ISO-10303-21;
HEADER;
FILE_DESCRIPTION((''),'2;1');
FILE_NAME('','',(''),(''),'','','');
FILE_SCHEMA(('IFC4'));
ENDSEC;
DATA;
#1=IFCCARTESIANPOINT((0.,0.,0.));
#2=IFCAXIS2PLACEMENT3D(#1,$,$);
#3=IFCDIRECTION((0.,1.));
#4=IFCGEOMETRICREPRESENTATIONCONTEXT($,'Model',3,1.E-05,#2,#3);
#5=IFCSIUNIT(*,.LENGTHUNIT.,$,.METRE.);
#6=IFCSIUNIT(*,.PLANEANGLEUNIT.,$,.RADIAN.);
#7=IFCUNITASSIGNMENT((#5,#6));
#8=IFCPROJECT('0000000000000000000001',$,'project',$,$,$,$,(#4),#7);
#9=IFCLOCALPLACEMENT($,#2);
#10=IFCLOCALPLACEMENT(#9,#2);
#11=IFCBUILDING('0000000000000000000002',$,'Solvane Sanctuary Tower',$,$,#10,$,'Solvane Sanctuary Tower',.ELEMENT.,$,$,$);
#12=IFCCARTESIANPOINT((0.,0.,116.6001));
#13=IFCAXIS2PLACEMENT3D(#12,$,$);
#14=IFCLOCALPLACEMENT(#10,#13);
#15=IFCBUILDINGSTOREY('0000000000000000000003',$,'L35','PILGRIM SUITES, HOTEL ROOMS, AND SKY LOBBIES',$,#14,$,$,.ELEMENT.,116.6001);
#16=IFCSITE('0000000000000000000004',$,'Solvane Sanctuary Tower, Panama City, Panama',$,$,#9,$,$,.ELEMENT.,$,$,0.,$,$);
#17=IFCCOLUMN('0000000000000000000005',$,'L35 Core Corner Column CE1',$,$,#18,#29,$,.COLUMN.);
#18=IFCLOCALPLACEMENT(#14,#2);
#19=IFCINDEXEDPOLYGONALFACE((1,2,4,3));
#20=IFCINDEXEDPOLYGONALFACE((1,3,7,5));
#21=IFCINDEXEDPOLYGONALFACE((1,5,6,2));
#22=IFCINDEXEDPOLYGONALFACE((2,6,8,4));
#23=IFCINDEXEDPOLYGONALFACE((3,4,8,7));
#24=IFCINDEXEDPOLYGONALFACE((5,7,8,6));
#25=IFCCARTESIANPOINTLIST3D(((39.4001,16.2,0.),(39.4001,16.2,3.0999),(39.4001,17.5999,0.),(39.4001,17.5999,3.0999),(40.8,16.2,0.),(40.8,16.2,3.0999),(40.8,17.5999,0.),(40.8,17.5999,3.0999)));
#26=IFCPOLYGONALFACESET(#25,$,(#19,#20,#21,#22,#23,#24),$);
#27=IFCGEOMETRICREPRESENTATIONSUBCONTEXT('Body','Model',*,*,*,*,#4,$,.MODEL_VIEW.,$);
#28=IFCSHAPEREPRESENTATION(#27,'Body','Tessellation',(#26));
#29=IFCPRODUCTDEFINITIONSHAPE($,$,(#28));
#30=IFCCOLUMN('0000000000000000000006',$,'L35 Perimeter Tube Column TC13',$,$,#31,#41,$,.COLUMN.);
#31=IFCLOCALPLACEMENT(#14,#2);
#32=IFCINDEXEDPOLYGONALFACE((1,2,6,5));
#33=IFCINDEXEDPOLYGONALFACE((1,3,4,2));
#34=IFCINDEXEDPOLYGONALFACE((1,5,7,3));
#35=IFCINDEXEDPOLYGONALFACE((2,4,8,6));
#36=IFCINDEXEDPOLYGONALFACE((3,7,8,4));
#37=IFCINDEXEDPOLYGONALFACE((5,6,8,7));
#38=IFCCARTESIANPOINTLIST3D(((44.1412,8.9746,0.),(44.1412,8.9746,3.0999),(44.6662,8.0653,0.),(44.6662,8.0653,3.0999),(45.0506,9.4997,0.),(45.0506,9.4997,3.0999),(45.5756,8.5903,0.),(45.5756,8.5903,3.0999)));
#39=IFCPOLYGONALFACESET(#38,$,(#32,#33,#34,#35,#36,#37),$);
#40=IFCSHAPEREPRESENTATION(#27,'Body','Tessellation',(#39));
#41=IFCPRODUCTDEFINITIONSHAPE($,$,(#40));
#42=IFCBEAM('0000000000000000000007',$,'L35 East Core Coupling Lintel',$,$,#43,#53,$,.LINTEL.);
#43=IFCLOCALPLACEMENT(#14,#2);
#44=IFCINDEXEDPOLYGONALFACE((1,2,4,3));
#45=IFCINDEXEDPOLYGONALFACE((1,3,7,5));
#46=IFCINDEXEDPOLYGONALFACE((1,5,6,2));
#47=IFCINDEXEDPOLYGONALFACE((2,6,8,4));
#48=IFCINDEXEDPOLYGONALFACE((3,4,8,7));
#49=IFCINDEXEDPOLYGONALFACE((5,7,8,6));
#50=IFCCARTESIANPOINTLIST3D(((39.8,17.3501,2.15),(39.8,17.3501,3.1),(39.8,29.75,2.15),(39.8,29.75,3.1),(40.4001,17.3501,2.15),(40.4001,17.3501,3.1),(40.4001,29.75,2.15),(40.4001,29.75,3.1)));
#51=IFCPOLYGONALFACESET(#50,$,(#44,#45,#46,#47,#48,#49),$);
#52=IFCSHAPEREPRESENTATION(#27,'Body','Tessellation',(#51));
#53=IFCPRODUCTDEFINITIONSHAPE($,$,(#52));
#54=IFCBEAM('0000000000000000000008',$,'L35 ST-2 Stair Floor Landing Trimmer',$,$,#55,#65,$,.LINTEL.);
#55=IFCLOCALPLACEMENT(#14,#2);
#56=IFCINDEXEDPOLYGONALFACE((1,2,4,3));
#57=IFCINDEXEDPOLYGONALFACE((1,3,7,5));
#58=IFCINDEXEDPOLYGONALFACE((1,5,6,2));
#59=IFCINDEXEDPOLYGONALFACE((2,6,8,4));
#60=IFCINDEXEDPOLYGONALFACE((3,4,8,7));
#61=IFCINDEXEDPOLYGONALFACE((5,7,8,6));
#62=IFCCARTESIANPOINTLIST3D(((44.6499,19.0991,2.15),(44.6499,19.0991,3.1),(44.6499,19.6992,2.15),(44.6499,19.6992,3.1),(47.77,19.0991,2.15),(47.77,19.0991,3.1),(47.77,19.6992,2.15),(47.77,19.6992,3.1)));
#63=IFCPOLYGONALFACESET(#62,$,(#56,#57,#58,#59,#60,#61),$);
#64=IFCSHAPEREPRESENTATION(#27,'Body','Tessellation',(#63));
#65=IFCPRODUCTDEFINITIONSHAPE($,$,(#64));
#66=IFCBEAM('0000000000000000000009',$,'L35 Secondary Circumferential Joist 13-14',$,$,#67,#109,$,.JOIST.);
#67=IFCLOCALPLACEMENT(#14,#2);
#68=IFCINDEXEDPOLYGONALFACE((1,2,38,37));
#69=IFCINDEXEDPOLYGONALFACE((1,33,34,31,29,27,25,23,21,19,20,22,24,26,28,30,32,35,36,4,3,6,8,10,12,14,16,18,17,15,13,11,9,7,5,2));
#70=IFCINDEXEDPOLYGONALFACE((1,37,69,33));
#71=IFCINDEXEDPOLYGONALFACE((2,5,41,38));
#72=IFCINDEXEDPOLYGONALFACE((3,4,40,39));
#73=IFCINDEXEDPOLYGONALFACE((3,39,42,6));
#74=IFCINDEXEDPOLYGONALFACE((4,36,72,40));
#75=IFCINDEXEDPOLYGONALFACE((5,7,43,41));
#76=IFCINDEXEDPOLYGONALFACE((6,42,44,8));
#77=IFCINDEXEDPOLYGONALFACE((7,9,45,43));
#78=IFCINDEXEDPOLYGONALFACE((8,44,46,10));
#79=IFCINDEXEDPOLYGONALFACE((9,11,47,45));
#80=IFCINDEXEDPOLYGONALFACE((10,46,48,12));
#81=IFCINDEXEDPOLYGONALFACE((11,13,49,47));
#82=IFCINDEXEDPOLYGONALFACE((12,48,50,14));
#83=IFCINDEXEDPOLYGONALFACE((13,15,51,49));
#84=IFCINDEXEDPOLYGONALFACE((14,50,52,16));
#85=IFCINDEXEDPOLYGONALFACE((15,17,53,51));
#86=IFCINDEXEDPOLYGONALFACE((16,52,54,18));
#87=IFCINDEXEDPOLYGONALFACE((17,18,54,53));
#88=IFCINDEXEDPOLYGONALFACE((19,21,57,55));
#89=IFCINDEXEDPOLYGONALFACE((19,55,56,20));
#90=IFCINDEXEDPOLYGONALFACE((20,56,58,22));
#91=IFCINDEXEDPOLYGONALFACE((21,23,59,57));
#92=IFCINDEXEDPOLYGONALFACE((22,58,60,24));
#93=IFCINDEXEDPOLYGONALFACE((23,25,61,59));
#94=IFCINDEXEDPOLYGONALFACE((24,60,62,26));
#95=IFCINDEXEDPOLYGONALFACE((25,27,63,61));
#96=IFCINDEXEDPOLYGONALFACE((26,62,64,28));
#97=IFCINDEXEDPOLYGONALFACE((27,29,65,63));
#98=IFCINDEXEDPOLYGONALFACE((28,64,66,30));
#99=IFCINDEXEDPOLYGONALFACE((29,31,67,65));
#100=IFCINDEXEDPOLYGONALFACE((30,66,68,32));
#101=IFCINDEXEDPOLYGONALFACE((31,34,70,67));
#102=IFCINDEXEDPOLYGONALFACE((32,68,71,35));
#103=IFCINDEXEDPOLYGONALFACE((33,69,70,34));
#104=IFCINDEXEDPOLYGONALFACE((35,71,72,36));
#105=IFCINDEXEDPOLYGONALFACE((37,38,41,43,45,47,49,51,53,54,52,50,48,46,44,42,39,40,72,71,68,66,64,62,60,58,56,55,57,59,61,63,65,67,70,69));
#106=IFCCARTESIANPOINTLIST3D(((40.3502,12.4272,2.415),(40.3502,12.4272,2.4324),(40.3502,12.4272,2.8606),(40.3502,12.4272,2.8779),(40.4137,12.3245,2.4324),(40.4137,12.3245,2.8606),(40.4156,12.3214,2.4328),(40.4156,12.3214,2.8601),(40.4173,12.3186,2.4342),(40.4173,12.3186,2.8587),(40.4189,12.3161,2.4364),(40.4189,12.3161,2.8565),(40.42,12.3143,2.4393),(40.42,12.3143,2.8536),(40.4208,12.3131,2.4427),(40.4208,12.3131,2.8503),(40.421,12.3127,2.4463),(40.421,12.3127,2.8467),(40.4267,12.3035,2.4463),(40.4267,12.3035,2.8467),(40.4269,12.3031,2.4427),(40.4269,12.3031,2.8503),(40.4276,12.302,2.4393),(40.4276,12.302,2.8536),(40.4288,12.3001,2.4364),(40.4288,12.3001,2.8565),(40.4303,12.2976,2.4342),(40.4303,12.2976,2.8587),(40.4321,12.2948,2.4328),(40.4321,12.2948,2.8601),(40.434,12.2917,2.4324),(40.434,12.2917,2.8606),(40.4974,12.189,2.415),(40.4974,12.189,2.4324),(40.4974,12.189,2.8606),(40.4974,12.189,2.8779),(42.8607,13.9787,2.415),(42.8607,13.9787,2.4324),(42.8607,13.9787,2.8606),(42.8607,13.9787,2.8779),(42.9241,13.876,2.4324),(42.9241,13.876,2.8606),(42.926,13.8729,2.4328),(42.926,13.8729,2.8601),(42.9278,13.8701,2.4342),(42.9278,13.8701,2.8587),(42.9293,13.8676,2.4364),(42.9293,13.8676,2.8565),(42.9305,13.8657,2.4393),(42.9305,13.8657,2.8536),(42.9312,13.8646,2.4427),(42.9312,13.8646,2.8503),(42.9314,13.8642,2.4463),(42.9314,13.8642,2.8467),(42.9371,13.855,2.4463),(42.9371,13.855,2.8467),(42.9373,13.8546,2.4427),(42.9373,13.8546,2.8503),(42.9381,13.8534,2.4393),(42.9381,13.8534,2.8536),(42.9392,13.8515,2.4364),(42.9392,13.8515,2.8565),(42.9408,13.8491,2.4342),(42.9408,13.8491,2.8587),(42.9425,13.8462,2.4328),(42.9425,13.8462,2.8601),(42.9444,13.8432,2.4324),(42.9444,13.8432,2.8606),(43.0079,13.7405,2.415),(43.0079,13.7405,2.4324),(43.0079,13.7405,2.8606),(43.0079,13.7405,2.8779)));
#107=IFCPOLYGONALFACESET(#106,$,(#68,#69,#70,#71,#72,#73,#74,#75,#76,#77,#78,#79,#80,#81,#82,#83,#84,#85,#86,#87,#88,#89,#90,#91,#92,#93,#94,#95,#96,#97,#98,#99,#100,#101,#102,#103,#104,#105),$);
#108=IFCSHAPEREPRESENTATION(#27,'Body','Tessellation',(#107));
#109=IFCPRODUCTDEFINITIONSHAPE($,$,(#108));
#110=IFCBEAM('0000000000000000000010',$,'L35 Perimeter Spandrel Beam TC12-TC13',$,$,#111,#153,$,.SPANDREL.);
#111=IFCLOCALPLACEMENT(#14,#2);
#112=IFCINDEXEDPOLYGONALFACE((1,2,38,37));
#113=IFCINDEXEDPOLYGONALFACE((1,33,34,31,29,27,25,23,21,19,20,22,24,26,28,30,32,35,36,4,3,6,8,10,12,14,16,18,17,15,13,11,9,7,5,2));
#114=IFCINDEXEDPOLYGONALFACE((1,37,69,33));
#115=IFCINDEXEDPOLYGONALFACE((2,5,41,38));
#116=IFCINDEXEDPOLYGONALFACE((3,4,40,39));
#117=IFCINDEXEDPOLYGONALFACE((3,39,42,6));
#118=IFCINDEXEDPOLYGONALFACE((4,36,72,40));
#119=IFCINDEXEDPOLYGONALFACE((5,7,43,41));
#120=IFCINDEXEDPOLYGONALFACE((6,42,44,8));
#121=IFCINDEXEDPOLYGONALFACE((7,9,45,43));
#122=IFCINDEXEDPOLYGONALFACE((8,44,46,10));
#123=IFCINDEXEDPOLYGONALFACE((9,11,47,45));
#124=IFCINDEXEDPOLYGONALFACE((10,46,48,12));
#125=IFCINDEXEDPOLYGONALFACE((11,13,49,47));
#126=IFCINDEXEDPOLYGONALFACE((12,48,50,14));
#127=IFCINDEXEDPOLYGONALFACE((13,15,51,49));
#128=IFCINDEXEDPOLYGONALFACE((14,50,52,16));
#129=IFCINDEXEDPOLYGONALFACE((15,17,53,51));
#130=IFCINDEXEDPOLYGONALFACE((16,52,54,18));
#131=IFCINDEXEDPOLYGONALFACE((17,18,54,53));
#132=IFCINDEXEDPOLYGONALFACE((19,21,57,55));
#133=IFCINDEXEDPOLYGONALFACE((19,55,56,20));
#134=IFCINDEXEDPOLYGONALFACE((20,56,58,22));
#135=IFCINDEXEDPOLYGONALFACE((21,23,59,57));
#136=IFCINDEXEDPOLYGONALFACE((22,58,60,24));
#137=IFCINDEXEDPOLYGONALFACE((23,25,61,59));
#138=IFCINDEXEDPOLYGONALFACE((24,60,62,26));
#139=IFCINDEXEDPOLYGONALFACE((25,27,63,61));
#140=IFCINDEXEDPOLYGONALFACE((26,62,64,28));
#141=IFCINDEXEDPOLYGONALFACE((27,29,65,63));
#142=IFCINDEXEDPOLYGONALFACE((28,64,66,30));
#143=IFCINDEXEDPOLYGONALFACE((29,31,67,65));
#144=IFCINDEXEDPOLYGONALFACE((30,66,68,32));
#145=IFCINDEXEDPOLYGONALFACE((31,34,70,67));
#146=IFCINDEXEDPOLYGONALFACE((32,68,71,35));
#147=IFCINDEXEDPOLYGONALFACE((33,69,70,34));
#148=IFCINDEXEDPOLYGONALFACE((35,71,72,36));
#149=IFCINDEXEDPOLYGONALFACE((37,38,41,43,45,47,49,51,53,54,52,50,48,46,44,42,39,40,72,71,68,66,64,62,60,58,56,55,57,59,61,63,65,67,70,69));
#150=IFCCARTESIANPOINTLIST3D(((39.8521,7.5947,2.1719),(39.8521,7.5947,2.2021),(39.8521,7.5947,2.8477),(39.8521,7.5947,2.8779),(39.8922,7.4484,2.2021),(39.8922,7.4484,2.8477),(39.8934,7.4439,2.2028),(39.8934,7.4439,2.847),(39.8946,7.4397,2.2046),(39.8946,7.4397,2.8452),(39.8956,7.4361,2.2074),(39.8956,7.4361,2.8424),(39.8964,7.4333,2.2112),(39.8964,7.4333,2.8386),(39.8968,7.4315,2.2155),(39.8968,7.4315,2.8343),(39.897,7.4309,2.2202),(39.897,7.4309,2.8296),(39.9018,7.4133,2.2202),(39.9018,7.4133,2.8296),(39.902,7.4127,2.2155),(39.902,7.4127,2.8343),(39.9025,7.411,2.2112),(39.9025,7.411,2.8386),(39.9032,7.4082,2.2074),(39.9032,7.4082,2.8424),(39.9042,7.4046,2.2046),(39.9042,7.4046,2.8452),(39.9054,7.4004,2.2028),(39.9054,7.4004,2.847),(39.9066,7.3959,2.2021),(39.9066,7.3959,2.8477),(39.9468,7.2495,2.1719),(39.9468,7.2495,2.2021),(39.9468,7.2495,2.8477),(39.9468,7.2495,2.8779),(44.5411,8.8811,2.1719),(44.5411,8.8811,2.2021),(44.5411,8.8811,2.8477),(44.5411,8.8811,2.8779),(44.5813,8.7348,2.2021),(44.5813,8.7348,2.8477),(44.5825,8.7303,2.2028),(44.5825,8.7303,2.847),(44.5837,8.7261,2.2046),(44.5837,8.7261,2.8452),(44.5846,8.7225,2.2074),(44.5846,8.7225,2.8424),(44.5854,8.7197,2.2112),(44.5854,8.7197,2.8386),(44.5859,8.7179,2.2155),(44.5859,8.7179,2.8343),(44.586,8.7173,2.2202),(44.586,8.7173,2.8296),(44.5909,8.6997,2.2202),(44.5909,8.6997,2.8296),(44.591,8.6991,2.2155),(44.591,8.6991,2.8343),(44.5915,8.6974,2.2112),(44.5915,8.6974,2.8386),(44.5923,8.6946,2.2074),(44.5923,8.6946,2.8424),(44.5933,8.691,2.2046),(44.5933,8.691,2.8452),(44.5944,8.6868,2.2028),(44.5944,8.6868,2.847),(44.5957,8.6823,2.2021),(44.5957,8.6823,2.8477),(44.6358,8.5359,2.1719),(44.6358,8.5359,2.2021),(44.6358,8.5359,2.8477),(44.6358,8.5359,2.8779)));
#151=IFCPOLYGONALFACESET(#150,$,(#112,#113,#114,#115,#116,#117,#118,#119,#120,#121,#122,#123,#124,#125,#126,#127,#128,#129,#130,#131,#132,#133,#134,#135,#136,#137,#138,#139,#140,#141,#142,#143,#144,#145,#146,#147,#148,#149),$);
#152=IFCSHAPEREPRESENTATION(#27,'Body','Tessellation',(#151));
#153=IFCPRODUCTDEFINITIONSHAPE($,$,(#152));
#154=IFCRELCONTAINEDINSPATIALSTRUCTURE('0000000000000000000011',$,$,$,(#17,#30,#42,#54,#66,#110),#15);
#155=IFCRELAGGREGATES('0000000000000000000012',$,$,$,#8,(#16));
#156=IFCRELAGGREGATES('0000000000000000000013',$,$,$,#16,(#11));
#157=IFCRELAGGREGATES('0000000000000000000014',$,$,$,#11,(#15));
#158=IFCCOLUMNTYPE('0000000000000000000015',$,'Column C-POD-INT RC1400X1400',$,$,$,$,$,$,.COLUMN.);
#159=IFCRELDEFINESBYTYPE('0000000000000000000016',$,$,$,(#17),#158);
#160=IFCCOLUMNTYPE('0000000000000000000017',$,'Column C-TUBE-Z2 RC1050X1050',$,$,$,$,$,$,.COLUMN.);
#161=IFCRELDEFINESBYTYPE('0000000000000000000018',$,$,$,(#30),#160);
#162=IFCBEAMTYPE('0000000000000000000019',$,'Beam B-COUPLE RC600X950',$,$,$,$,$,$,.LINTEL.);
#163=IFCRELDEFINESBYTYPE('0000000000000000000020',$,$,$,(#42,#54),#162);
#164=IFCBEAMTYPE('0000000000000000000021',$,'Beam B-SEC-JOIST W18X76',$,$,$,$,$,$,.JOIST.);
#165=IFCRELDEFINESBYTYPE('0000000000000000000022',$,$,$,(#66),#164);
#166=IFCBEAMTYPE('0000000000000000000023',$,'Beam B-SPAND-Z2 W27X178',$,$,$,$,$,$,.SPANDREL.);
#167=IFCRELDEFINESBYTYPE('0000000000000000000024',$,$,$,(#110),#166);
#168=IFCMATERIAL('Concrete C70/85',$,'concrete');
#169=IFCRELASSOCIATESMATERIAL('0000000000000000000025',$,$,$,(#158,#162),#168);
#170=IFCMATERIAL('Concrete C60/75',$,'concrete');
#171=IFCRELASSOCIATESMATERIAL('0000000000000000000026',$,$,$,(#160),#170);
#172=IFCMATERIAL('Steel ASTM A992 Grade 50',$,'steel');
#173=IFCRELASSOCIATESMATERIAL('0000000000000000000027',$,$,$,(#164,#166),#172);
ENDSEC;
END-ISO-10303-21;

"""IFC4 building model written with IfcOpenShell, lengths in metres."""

from ifc_helpers import new_model, si_unit, direction, frame, origin, origin_2d, place, context, subcontext, project, spatial, rectangle, i_section, extrude, material, material_profile, profile_set, type_object, element, save


model = new_model("IFC4")

# Units and contexts
model_context = context("Model", 3, precision=1e-05, world=origin(), true_north=direction((0.0, 1.0)))
body_context = subcontext(model_context, "Body", "Model", "MODEL_VIEW")
ifc_project = project(units=[si_unit("LENGTHUNIT", "METRE"), si_unit("PLANEANGLEUNIT", "RADIAN")], contexts=[model_context])

# Site, building, storey
site_placement = place(None, origin())
site = spatial("IfcSite", under=ifc_project, at=site_placement, Name="Solvane Sanctuary Tower, Panama City, Panama", CompositionType="ELEMENT", RefElevation=0.0)
building_placement = place(site_placement, origin())
building = spatial("IfcBuilding", under=site, at=building_placement, Name="Solvane Sanctuary Tower", LongName="Solvane Sanctuary Tower", CompositionType="ELEMENT")
storey_placement = place(building_placement, frame((0.0, 0.0, 116.6001)))
storey = spatial("IfcBuildingStorey", under=building, at=storey_placement, Name="L35", Description="PILGRIM SUITES, HOTEL ROOMS, AND SKY LOBBIES", CompositionType="ELEMENT", Elevation=116.6001)

# Columns
ifc_material_1 = material(Name="Concrete C70/85", Category="concrete")
ifc_material_profile_1 = material_profile(ifc_material_1, rectangle(XDim=1.3999, YDim=1.3999, at=origin_2d()), Name="RC1400X1400")
ifc_profile_set_1 = profile_set([ifc_material_profile_1], Name="Concrete C70/85")
column_type_1 = type_object("IfcColumnType", Name="Column C-POD-INT RC1400X1400", PredefinedType="COLUMN", material=ifc_profile_set_1)
column_1_placement = place(storey_placement, frame((40.1001, 16.8999, 0.0), z_axis=(0.0, 0.0, 1.0), x_axis=(1.0, 0.0, 0.0)))
element("IfcColumn", 1, at=column_1_placement, inside=storey, type_object=column_type_1, Name="L35 Core Corner Column CE1", PredefinedType="COLUMN", context=body_context, shape_type="SweptSolid", body=[
    extrude(rectangle(XDim=1.3999, YDim=1.3999, at=origin_2d()), origin(), (0.0, 0.0, 1.0), 3.0999),
])
ifc_material_2 = material(Name="Concrete C60/75", Category="concrete")
ifc_material_profile_2 = material_profile(ifc_material_2, rectangle(XDim=1.05, YDim=1.05, at=origin_2d()), Name="RC1050X1050")
ifc_profile_set_2 = profile_set([ifc_material_profile_2], Name="Concrete C60/75")
column_type_2 = type_object("IfcColumnType", Name="Column C-TUBE-Z2 RC1050X1050", PredefinedType="COLUMN", material=ifc_profile_set_2)
column_2_placement = place(storey_placement, frame((44.8584, 8.7825, 0.0), z_axis=(0.0, 0.0, 1.0), x_axis=(0.5, -0.866025, 0.0)))
element("IfcColumn", 2, at=column_2_placement, inside=storey, type_object=column_type_2, Name="L35 Perimeter Tube Column TC13", PredefinedType="COLUMN", context=body_context, shape_type="SweptSolid", body=[
    extrude(rectangle(XDim=1.05, YDim=1.05, at=origin_2d()), origin(), (0.0, 0.0, 1.0), 3.0999),
])

# Beams
ifc_material_profile_3 = material_profile(ifc_material_1, rectangle(XDim=0.6001, YDim=0.95, at=origin_2d()), Name="RC600X950")
ifc_profile_set_3 = profile_set([ifc_material_profile_3], Name="Concrete C70/85")
beam_type_1 = type_object("IfcBeamType", Name="Beam B-COUPLE RC600X950", PredefinedType="LINTEL", material=ifc_profile_set_3)
beam_1_placement = place(storey_placement, frame((40.1001, 17.3501, 2.625), z_axis=(0.0, 1.0, 0.0), x_axis=(-1.0, 0.0, 0.0)))
element("IfcBeam", 3, at=beam_1_placement, inside=storey, type_object=beam_type_1, Name="L35 East Core Coupling Lintel", PredefinedType="LINTEL", context=body_context, shape_type="SweptSolid", body=[
    extrude(rectangle(XDim=0.6001, YDim=0.95, at=origin_2d()), origin(), (0.0, 0.0, 1.0), 12.3999),
])
beam_2_placement = place(storey_placement, frame((44.6499, 19.3992, 2.625), z_axis=(1.0, 0.0, 0.0), x_axis=(0.0, 1.0, 0.0)))
element("IfcBeam", 4, at=beam_2_placement, inside=storey, type_object=beam_type_1, Name="L35 ST-2 Stair Floor Landing Trimmer", PredefinedType="LINTEL", context=body_context, shape_type="SweptSolid", body=[
    extrude(rectangle(XDim=0.6001, YDim=0.95, at=origin_2d()), origin(), (0.0, 0.0, 1.0), 3.1201),
])
ifc_material_3 = material(Name="Steel ASTM A992 Grade 50", Category="steel")
ifc_material_profile_4 = material_profile(ifc_material_3, i_section(OverallWidth=0.28, OverallDepth=0.4629, WebThickness=0.0107, FlangeThickness=0.0173, FilletRadius=0.0139, at=origin_2d()), Name="W18X76")
ifc_profile_set_4 = profile_set([ifc_material_profile_4], Name="Steel ASTM A992 Grade 50")
beam_type_2 = type_object("IfcBeamType", Name="Beam B-SEC-JOIST W18X76", PredefinedType="JOIST", material=ifc_profile_set_4)
beam_3_placement = place(storey_placement, frame((40.4238, 12.3081, 2.6465), z_axis=(0.85066, 0.525717, 0.0), x_axis=(-0.525717, 0.85066, 0.0)))
element("IfcBeam", 5, at=beam_3_placement, inside=storey, type_object=beam_type_2, Name="L35 Secondary Circumferential Joist 13-14", PredefinedType="JOIST", context=body_context, shape_type="SweptSolid", body=[
    extrude(i_section(OverallWidth=0.28, OverallDepth=0.4629, WebThickness=0.0107, FlangeThickness=0.0173, FilletRadius=0.0139, at=origin_2d()), origin(), (0.0, 0.0, 1.0), 2.9512),
])
ifc_material_profile_5 = material_profile(ifc_material_3, i_section(OverallWidth=0.3579, OverallDepth=0.7061, WebThickness=0.0183, FlangeThickness=0.0303, FilletRadius=0.0181, at=origin_2d()), Name="W27X178")
ifc_profile_set_5 = profile_set([ifc_material_profile_5], Name="Steel ASTM A992 Grade 50")
beam_type_3 = type_object("IfcBeamType", Name="Beam B-SPAND-Z2 W27X178", PredefinedType="SPANDREL", material=ifc_profile_set_5)
beam_4_placement = place(storey_placement, frame((39.8994, 7.4221, 2.5249), z_axis=(0.964368, 0.264566, 0.0), x_axis=(-0.264566, 0.964368, 0.0)))
element("IfcBeam", 6, at=beam_4_placement, inside=storey, type_object=beam_type_3, Name="L35 Perimeter Spandrel Beam TC12-TC13", PredefinedType="SPANDREL", context=body_context, shape_type="SweptSolid", body=[
    extrude(i_section(OverallWidth=0.3579, OverallDepth=0.7061, WebThickness=0.0183, FlangeThickness=0.0303, FilletRadius=0.0181, at=origin_2d()), origin(), (0.0, 0.0, 1.0), 4.8623),
])

save(model, "model.ifc")
